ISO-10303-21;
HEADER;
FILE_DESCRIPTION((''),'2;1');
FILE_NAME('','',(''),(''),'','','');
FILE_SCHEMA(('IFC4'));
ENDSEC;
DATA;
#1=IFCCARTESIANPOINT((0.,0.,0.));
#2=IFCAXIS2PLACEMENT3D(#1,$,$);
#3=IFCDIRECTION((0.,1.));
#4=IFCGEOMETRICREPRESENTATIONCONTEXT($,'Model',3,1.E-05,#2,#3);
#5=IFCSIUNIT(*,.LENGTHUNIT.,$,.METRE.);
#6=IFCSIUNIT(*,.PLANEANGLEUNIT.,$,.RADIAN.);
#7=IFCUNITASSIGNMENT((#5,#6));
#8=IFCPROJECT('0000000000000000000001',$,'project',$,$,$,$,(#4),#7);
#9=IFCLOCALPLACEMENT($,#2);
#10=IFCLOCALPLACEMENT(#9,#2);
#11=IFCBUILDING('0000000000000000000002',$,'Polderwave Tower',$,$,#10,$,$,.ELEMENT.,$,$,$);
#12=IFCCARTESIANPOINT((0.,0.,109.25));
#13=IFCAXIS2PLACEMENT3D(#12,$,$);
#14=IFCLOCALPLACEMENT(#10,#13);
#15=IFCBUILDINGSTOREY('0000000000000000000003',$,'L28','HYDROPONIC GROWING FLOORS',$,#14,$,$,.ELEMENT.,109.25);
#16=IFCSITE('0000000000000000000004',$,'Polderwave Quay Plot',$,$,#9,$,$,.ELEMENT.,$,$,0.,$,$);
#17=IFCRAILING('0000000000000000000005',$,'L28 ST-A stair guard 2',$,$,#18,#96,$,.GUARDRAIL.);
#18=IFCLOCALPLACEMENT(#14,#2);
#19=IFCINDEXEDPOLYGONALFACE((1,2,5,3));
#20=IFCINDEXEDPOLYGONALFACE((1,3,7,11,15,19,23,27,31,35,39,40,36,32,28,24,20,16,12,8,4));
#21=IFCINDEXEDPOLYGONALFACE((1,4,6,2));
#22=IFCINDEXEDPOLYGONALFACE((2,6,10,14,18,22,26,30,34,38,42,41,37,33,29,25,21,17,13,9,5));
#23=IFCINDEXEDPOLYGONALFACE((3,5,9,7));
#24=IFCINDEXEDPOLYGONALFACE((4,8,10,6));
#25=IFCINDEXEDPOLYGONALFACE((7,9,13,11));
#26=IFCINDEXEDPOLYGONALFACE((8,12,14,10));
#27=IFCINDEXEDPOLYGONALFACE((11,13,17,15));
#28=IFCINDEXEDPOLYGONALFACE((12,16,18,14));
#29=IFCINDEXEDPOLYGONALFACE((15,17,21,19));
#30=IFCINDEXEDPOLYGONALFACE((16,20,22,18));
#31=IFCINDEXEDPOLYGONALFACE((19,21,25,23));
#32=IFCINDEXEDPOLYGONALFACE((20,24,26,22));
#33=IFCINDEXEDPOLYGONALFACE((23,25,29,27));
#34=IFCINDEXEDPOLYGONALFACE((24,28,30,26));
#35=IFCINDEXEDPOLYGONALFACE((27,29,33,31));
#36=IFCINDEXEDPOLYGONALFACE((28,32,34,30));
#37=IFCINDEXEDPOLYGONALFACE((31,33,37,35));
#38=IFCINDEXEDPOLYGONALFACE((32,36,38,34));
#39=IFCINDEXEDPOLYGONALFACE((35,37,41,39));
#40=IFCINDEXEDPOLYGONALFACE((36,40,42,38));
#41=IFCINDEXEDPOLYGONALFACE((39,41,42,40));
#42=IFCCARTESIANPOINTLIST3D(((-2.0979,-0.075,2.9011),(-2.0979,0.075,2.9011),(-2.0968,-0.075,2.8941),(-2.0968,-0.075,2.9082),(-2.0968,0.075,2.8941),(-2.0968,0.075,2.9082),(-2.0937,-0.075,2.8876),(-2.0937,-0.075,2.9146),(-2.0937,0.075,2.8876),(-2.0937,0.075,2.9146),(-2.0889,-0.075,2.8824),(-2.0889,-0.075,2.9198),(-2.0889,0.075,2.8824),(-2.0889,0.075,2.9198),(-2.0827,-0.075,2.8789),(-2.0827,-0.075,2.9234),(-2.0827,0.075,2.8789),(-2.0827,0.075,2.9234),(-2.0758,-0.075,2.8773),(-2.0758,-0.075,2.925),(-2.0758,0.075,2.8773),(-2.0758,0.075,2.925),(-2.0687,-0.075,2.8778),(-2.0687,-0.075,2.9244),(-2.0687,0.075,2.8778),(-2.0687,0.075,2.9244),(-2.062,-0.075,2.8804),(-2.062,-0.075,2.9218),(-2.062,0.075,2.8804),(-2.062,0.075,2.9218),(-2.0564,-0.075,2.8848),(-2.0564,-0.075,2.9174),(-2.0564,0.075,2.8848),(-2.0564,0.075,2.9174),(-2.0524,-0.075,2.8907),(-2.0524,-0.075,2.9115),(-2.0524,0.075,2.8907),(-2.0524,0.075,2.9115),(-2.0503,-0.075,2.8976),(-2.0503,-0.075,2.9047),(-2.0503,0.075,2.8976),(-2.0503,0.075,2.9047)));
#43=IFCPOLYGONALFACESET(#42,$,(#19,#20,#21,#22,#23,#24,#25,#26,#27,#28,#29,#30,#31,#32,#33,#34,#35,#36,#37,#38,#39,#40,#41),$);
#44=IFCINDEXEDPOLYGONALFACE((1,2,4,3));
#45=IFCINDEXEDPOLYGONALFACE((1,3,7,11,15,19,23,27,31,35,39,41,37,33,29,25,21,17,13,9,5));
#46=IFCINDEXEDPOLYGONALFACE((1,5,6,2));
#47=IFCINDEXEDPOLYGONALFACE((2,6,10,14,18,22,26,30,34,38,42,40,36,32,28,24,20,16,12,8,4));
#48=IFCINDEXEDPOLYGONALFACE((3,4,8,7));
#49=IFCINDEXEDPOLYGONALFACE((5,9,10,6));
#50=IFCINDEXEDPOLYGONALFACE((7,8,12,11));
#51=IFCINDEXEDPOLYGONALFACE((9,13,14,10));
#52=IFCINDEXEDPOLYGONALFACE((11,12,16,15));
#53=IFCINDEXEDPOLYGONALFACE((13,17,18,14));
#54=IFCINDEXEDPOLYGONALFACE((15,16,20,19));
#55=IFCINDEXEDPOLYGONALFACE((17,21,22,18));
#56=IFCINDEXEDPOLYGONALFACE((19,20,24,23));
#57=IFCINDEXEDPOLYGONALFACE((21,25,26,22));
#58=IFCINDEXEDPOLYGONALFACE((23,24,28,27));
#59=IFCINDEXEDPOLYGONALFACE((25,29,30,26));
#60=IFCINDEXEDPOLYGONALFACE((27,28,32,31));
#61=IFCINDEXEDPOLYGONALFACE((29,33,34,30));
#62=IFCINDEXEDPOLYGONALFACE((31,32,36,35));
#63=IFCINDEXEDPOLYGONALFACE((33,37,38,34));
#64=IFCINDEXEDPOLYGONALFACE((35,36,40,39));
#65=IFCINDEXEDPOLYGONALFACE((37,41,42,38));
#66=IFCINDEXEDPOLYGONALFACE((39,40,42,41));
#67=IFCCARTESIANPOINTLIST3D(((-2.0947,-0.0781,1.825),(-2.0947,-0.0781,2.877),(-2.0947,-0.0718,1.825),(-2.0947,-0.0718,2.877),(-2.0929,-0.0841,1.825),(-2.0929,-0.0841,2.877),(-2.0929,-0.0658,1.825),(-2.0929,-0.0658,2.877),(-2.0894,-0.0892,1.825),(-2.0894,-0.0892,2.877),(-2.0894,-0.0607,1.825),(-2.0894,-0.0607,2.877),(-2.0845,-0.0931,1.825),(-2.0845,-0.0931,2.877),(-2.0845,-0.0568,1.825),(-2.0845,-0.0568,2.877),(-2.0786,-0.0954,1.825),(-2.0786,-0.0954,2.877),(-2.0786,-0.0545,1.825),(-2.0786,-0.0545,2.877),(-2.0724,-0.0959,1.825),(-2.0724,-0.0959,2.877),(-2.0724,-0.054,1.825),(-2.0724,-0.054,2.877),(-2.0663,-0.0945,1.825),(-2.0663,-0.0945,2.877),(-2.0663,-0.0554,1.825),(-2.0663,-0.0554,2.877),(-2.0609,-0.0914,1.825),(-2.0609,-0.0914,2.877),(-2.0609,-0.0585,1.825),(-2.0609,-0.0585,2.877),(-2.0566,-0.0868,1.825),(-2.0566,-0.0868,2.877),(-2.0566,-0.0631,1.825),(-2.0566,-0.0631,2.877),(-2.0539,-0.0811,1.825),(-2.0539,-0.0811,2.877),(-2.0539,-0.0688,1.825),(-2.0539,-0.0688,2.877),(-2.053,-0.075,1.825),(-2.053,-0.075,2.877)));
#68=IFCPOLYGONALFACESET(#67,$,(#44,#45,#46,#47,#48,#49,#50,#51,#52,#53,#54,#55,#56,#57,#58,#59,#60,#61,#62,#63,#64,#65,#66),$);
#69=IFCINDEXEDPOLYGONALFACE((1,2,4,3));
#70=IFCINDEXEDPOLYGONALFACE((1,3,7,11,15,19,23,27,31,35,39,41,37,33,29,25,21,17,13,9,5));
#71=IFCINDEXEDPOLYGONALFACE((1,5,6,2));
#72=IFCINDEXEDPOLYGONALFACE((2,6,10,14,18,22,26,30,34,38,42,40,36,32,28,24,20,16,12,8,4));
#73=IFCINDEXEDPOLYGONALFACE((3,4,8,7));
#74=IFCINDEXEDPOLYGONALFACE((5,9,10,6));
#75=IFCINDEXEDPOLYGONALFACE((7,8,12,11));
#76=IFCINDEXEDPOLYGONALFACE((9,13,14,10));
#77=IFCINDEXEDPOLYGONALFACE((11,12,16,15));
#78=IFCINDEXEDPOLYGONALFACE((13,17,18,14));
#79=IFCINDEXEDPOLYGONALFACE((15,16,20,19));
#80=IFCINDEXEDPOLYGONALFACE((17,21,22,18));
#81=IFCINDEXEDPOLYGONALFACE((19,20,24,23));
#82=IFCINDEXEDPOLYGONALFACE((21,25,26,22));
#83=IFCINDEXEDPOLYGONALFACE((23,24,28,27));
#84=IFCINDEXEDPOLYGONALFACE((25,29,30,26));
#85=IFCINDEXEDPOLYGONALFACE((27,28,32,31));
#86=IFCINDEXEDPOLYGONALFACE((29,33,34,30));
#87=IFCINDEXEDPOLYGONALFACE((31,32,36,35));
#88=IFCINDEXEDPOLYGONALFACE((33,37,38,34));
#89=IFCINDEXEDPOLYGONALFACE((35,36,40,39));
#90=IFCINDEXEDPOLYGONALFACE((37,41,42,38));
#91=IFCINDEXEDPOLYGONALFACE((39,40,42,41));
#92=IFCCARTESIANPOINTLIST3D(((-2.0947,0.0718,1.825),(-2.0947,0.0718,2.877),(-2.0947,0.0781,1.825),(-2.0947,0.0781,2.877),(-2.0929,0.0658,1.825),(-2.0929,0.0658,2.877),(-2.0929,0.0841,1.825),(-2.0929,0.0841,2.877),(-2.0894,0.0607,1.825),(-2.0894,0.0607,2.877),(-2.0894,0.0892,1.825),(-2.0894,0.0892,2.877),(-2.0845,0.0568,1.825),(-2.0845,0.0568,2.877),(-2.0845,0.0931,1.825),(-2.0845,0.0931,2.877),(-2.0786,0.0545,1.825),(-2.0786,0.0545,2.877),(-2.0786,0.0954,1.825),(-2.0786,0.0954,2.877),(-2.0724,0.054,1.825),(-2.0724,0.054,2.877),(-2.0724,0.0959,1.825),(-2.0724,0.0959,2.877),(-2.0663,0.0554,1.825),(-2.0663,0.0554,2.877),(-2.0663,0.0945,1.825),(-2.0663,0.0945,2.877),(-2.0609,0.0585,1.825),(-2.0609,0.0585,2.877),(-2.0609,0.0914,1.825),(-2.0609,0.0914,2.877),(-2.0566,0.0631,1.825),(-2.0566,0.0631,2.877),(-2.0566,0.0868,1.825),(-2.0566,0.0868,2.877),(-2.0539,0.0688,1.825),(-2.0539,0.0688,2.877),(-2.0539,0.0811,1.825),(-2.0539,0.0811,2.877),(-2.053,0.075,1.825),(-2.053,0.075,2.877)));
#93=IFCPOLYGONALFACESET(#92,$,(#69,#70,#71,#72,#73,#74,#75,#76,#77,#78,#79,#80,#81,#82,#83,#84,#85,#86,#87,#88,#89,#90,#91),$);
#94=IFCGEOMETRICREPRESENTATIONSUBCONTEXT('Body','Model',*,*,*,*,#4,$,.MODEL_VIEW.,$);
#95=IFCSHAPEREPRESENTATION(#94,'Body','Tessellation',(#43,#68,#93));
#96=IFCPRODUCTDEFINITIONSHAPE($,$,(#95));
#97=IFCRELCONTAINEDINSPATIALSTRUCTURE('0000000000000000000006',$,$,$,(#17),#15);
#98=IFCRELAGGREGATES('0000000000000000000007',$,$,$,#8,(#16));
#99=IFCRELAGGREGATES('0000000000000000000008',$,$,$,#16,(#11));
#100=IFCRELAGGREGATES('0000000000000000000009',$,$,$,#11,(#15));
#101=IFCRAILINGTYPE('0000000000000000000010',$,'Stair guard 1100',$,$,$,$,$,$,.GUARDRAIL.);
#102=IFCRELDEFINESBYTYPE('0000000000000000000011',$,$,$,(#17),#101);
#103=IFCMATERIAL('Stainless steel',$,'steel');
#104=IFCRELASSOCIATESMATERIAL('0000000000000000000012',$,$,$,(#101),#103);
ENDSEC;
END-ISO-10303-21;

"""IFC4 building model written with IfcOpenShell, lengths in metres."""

from ifc_helpers import new_model, si_unit, direction, frame, origin, origin_2d, place, context, subcontext, project, spatial, circle, extrude, material, type_object, element, save


model = new_model("IFC4")

# Units and contexts
model_context = context("Model", 3, precision=1e-05, world=origin(), true_north=direction((0.0, 1.0)))
body_context = subcontext(model_context, "Body", "Model", "MODEL_VIEW")
ifc_project = project(units=[si_unit("LENGTHUNIT", "METRE"), si_unit("PLANEANGLEUNIT", "RADIAN")], contexts=[model_context])

# Site, building, storey
site_placement = place(None, origin())
site = spatial("IfcSite", under=ifc_project, at=site_placement, Name="Polderwave Quay Plot", CompositionType="ELEMENT", RefElevation=0.0)
building_placement = place(site_placement, origin())
building = spatial("IfcBuilding", under=site, at=building_placement, Name="Polderwave Tower", CompositionType="ELEMENT")
storey_placement = place(building_placement, frame((0.0, 0.0, 109.25)))
storey = spatial("IfcBuildingStorey", under=building, at=storey_placement, Name="L28", Description="HYDROPONIC GROWING FLOORS", CompositionType="ELEMENT", Elevation=109.25)

# Railing
ifc_material_1 = material(Name="Stainless steel", Category="steel")
railing_type_1 = type_object("IfcRailingType", Name="Stair guard 1100", PredefinedType="GUARDRAIL", material=ifc_material_1)
railing_1_placement = place(storey_placement, frame((-2.074, -0.075, 1.825)))
element("IfcRailing", 1, at=railing_1_placement, inside=storey, type_object=railing_type_1, Name="L28 ST-A stair guard 2", PredefinedType="GUARDRAIL", context=body_context, shape_type="SweptSolid", body=[
    extrude(circle(Radius=0.0239, at=origin_2d()), frame((0.0, 0.0, 1.0762), z_axis=(0.0, 1.0, 0.0), x_axis=(-1.0, 0.0, 0.0)), (0.0, 0.0, 1.0), 0.1499),
    extrude(circle(Radius=0.021, at=origin_2d()), origin(), (0.0, 0.0, 1.0), 1.052),
    extrude(circle(Radius=0.021, at=origin_2d()), frame((0.0, 0.1499, 0.0)), (0.0, 0.0, 1.0), 1.052),
])

save(model, "model.ifc")
